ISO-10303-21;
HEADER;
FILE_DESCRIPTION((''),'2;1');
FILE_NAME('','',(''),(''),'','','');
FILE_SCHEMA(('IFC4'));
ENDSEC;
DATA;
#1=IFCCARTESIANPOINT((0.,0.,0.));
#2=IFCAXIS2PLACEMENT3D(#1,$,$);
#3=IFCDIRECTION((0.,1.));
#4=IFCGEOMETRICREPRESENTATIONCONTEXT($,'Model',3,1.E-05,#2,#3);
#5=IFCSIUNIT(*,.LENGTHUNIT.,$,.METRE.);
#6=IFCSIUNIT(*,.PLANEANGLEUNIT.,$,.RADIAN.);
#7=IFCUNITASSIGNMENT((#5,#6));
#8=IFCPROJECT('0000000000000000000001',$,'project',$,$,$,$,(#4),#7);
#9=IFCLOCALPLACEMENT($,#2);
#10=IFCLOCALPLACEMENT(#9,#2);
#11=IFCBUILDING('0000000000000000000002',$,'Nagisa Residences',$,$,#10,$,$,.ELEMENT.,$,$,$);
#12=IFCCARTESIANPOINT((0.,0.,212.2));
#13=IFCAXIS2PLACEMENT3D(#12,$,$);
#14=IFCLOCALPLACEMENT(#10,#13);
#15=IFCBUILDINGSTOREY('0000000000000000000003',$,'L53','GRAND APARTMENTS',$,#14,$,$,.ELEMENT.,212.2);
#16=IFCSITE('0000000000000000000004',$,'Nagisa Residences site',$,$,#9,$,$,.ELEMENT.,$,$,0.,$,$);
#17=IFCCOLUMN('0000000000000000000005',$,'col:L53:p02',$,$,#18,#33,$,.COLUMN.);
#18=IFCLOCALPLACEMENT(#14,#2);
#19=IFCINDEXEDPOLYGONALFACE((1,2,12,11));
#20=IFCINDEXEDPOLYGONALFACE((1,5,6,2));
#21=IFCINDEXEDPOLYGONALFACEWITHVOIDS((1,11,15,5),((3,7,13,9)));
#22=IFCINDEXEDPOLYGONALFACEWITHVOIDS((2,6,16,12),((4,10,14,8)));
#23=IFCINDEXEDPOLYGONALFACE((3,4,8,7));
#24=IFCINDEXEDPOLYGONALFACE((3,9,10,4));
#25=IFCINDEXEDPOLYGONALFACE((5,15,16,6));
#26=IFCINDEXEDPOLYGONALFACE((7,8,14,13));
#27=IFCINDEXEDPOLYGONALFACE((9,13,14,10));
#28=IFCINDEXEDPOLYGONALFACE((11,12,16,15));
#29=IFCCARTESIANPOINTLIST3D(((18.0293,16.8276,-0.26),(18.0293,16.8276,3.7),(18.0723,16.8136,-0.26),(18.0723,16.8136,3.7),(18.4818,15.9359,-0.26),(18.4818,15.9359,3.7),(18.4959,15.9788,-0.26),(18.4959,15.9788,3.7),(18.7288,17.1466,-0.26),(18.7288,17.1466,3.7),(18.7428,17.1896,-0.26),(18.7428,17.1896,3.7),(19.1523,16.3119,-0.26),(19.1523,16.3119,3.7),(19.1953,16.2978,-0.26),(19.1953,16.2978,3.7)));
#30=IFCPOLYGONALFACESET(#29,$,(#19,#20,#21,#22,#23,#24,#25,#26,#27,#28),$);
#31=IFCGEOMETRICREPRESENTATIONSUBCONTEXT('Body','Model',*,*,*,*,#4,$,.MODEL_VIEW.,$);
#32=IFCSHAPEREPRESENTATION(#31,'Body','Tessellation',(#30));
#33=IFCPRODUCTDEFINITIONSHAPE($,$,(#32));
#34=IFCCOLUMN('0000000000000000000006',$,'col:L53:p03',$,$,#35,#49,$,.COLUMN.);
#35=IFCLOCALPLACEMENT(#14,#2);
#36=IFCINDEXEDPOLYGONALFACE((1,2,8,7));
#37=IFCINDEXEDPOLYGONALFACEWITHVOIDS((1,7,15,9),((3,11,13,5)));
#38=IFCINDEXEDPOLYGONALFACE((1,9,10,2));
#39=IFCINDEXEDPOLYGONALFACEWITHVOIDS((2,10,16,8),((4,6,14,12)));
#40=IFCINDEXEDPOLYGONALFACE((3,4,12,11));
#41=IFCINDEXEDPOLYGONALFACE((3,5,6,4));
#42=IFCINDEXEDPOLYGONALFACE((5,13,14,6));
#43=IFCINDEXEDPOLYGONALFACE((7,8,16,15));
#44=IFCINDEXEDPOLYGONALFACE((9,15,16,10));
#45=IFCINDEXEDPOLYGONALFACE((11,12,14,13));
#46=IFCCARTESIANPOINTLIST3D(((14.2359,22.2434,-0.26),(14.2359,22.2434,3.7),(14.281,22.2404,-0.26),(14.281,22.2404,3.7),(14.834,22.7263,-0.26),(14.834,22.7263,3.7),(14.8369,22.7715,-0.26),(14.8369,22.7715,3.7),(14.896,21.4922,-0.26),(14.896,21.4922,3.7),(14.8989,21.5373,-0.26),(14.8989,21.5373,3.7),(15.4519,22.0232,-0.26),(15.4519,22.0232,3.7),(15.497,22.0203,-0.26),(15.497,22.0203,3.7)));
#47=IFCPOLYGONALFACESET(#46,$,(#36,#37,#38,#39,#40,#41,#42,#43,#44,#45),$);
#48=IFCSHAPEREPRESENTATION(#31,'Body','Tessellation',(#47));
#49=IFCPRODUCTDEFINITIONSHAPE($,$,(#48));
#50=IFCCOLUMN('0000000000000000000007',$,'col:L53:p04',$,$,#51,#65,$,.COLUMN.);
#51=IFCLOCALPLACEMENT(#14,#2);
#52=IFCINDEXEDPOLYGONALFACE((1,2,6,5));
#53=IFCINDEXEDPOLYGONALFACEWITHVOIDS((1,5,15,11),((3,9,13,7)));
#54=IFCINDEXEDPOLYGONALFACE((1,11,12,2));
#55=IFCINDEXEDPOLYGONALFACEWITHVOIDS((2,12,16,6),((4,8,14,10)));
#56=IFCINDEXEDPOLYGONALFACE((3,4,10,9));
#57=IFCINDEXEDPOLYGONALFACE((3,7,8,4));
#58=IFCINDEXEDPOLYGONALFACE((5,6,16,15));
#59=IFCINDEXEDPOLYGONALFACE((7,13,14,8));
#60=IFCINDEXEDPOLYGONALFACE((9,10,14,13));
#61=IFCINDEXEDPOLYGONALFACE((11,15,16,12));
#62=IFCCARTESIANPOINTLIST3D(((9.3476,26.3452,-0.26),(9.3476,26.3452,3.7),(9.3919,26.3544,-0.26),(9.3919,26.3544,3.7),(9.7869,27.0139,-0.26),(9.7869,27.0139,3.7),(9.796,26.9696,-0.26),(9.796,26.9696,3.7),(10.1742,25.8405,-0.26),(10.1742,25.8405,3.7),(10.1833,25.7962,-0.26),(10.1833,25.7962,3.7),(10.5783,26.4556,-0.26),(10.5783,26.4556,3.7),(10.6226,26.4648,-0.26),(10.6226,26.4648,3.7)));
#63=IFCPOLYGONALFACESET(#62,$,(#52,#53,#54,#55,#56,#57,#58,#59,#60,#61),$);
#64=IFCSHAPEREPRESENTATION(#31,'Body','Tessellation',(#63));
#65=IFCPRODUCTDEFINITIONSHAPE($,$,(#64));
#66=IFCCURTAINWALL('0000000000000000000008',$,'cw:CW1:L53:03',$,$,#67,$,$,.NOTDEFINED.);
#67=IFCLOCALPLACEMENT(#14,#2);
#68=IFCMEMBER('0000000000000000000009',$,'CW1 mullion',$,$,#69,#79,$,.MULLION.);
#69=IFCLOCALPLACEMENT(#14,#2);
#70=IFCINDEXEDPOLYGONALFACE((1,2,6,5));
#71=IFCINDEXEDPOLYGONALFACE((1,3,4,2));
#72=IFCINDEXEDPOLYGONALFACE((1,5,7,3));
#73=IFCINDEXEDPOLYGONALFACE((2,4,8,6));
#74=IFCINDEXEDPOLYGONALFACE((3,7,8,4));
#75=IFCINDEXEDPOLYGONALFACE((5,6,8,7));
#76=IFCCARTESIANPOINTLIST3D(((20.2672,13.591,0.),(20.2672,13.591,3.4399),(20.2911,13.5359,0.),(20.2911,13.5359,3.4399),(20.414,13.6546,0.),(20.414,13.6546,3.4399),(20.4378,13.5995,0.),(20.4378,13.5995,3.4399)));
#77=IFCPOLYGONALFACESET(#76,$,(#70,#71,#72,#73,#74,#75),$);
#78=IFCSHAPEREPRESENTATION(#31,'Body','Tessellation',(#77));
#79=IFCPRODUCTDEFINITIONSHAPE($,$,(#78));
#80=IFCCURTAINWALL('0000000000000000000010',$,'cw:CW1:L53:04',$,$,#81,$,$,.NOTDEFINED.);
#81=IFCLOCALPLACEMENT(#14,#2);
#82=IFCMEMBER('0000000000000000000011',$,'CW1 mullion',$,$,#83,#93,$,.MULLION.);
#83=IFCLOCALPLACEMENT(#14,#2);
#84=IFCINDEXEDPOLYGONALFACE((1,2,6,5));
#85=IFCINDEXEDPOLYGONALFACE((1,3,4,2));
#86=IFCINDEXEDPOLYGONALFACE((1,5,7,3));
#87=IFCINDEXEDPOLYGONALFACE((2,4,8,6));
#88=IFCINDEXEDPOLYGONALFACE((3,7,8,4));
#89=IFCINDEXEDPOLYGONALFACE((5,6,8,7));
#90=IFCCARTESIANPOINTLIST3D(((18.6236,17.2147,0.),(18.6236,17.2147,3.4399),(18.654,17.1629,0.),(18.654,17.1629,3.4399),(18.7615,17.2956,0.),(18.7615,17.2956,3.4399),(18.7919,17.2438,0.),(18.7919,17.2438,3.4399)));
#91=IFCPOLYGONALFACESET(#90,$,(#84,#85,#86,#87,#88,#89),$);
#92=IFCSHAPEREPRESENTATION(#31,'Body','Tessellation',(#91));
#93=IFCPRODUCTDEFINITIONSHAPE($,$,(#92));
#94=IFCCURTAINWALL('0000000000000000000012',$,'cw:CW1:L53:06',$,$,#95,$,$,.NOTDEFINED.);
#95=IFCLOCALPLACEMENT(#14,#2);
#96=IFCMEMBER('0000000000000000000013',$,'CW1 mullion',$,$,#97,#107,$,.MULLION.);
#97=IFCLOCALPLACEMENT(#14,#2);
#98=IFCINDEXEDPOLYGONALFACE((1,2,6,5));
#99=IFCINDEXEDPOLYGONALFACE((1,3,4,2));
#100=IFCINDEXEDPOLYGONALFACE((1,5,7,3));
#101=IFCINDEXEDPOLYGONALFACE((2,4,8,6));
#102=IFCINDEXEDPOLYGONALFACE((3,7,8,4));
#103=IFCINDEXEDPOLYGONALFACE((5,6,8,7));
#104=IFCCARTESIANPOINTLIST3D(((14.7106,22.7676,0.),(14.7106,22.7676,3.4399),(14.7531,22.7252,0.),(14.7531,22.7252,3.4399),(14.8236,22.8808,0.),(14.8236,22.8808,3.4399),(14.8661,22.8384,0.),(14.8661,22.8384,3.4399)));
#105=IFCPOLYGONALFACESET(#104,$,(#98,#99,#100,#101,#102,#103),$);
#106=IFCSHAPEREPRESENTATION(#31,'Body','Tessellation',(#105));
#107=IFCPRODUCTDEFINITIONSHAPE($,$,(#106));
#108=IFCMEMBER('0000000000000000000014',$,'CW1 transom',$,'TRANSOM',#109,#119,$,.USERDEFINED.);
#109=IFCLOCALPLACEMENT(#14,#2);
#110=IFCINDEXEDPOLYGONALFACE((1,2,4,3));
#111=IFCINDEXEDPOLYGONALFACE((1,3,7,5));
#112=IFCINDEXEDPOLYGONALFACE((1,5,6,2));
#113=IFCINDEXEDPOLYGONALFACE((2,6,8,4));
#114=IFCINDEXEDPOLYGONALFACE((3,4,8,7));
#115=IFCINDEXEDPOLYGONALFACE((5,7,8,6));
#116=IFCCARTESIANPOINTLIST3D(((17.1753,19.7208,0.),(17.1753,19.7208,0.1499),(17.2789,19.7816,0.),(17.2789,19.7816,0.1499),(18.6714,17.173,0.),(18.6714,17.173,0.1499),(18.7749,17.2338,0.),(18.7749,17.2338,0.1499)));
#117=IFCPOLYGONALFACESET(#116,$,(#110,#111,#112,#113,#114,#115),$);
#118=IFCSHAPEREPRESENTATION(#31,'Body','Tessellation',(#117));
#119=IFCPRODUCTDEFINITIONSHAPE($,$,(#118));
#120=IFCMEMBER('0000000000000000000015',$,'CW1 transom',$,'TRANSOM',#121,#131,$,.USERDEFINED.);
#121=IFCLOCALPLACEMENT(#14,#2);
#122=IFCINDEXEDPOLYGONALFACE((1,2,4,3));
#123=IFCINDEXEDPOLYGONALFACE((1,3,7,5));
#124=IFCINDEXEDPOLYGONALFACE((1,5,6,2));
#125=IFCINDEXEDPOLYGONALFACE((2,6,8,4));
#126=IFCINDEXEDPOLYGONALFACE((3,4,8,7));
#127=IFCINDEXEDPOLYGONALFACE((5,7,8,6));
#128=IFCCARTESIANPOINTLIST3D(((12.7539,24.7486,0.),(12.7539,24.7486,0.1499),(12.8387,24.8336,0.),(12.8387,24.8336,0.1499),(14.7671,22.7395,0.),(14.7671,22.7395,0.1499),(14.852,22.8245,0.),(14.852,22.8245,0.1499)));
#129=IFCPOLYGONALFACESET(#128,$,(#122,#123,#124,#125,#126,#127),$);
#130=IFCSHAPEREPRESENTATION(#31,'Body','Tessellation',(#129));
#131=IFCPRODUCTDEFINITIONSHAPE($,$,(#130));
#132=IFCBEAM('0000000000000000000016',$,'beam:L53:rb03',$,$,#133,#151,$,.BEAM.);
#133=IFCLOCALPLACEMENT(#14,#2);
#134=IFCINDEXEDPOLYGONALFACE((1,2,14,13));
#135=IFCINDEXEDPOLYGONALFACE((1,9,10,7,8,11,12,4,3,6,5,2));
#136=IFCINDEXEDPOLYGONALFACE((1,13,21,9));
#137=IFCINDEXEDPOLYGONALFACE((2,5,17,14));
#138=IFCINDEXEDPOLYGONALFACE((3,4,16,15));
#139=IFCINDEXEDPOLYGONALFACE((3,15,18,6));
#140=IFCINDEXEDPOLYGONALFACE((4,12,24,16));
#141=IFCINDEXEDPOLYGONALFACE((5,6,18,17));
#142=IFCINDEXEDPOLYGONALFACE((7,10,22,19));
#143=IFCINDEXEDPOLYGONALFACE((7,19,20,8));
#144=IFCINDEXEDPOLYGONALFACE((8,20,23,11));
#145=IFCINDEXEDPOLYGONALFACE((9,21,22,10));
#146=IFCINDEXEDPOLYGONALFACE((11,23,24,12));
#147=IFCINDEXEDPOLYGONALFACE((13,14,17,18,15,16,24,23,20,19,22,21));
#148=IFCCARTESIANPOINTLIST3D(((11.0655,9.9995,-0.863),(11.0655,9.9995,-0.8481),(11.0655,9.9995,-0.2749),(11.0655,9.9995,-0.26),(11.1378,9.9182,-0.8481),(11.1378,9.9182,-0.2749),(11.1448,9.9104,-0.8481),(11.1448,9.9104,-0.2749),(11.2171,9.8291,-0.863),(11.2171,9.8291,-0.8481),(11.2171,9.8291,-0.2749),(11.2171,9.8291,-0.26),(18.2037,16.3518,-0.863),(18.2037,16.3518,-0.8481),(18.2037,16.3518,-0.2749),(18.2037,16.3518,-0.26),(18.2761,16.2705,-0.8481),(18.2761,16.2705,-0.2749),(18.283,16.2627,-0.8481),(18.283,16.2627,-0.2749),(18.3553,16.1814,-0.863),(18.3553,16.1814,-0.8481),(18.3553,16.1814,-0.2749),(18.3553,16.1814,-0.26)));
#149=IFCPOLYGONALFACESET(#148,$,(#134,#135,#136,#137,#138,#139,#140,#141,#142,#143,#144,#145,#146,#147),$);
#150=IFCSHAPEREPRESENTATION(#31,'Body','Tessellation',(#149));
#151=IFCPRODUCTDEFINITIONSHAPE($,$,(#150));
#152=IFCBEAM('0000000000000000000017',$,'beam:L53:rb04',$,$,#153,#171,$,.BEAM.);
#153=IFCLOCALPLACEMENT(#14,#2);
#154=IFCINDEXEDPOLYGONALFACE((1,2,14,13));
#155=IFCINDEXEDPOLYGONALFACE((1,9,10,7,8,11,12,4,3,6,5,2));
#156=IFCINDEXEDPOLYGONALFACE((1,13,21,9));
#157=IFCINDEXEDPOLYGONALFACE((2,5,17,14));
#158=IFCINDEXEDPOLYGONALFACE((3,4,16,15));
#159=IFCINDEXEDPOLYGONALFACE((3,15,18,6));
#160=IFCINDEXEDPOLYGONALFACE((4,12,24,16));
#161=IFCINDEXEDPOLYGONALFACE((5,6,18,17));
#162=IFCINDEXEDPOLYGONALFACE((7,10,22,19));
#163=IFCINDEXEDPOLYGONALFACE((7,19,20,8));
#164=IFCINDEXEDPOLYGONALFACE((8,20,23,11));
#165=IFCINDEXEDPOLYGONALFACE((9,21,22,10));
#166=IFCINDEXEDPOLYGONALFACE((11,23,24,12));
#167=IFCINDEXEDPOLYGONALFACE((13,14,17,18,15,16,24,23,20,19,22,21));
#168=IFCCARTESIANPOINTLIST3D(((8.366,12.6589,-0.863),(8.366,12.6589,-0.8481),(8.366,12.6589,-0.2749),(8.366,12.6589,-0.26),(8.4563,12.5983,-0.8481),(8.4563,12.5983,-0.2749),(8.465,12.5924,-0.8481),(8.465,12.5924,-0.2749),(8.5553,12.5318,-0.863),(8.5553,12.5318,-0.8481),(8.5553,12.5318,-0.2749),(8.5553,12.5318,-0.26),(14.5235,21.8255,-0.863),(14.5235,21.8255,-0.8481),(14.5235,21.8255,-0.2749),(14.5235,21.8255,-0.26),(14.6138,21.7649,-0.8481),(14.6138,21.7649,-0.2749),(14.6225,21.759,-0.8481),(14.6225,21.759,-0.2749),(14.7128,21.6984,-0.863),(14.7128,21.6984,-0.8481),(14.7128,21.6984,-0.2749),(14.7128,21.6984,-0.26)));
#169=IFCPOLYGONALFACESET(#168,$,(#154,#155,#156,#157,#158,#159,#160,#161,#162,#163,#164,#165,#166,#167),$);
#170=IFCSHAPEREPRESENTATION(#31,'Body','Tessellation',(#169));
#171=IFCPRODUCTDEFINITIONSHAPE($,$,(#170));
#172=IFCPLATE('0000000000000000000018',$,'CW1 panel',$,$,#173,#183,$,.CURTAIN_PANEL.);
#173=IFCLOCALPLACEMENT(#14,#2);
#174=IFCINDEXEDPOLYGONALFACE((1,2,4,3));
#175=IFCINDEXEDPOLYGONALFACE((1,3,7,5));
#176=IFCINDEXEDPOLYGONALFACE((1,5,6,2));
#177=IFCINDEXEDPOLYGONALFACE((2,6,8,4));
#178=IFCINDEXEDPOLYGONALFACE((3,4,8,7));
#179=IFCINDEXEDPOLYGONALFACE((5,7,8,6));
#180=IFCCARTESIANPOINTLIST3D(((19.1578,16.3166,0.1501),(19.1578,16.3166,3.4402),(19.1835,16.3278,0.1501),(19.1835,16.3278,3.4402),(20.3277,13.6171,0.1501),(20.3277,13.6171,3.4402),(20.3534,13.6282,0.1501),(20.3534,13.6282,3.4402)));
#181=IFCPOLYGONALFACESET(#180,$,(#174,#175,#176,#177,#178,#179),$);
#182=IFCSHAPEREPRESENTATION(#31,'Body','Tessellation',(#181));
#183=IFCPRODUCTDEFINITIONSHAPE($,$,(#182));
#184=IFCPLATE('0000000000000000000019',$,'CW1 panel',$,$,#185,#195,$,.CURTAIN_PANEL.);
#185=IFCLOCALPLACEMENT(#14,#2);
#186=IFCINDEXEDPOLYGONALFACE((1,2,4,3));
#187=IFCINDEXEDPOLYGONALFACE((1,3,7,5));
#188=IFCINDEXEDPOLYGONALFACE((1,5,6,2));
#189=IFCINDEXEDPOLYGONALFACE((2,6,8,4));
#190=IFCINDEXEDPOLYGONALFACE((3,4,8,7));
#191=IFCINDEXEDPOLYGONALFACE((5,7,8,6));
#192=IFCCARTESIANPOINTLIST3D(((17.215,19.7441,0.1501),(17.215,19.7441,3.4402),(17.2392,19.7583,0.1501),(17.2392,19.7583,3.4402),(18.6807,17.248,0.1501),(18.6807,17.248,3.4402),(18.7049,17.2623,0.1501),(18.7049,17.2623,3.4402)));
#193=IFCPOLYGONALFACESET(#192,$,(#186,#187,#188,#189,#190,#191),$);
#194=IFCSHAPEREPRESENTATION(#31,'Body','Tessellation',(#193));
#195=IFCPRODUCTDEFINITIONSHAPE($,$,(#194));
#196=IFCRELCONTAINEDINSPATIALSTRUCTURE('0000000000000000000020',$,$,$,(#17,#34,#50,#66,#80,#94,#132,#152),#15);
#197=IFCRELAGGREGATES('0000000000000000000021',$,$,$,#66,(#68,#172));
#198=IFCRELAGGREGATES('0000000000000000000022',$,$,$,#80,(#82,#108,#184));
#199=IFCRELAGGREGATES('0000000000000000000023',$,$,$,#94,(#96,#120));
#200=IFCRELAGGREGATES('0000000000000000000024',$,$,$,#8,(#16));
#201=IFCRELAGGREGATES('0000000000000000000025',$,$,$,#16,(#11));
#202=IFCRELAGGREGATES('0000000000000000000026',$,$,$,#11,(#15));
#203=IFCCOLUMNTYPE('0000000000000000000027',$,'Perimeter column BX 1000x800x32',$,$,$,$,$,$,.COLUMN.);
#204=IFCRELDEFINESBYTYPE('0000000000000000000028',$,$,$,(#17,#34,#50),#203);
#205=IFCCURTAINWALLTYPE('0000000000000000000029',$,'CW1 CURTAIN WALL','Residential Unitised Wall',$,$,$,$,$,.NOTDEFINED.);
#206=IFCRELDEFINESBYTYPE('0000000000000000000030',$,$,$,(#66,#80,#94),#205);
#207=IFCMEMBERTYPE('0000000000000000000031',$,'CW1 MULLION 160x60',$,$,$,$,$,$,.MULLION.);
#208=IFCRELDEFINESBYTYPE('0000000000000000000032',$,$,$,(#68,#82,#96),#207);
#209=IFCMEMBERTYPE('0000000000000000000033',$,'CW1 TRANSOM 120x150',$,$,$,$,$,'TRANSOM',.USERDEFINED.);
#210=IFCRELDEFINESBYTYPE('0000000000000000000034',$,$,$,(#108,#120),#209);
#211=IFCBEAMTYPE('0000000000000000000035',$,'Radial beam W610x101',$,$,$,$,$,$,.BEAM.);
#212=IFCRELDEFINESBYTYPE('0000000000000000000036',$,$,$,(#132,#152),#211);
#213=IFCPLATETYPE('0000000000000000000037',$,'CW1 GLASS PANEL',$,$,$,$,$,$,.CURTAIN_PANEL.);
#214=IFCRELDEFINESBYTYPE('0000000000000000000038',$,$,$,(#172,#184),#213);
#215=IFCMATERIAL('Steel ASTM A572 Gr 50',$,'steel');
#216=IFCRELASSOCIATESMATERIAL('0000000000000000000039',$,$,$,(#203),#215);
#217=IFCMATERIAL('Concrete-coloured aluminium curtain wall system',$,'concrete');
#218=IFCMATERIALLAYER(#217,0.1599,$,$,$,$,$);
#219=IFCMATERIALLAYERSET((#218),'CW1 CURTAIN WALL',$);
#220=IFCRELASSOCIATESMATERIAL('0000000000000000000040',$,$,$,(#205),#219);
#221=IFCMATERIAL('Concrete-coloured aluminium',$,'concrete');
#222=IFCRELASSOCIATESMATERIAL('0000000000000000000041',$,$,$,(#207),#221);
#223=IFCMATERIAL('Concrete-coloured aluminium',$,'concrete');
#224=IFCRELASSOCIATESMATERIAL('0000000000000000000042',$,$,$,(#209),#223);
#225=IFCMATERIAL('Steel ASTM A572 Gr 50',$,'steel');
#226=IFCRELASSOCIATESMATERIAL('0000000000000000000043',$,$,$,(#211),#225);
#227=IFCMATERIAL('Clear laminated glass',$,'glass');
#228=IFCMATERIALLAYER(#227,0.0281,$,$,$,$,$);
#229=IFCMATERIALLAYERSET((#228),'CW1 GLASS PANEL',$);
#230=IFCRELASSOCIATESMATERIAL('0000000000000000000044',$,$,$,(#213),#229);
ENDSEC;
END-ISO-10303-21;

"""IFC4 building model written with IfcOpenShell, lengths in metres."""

from ifc_helpers import new_model, si_unit, direction, frame, origin, origin_2d, place, context, subcontext, project, spatial, rectangle, hollow_rectangle, i_section, extrude, material, layer, layer_set, material_profile, profile_set, type_object, element, aggregate, save


model = new_model("IFC4")

# Units and contexts
model_context = context("Model", 3, precision=1e-05, world=origin(), true_north=direction((0.0, 1.0)))
body_context = subcontext(model_context, "Body", "Model", "MODEL_VIEW")
ifc_project = project(units=[si_unit("LENGTHUNIT", "METRE"), si_unit("PLANEANGLEUNIT", "RADIAN")], contexts=[model_context])

# Site, building, storey
site_placement = place(None, origin())
site = spatial("IfcSite", under=ifc_project, at=site_placement, Name="Nagisa Residences site", CompositionType="ELEMENT", RefElevation=0.0)
building_placement = place(site_placement, origin())
building = spatial("IfcBuilding", under=site, at=building_placement, Name="Nagisa Residences", CompositionType="ELEMENT")
storey_placement = place(building_placement, frame((0.0, 0.0, 212.2)))
storey = spatial("IfcBuildingStorey", under=building, at=storey_placement, Name="L53", Description="GRAND APARTMENTS", CompositionType="ELEMENT", Elevation=212.2)

# Columns
ifc_material_1 = material(Name="Steel ASTM A572 Gr 50", Category="steel")
ifc_material_profile_1 = material_profile(ifc_material_1, hollow_rectangle(XDim=1.0, YDim=0.8, WallThickness=0.032, at=origin_2d()), Name="BX 1000x800x32")
ifc_profile_set_1 = profile_set([ifc_material_profile_1], Name="Steel ASTM A572 Gr 50")
column_type = type_object("IfcColumnType", Name="Perimeter column BX 1000x800x32", PredefinedType="COLUMN", material=ifc_profile_set_1)
for number, where, z_axis, x_axis, name in (
    (1, (18.6123, 16.5627, -0.26), (0.0, 0.0, 1.0), (-0.452463, 0.891783, 0.0), "col:L53:p02"),
    (2, (14.8665, 22.1318, -0.26), (0.0, 0.0, 1.0), (-0.660115, 0.751165, 0.0), "col:L53:p03"),
    (3, (9.9851, 26.405, -0.26), (0.0, 0.0, 1.0), (-0.835766, 0.549086, 0.0), "col:L53:p04"),
):
    element("IfcColumn", number, at=place(storey_placement, frame(where, z_axis=z_axis, x_axis=x_axis)), inside=storey, type_object=column_type, Name=name, PredefinedType="COLUMN", context=body_context, shape_type="SweptSolid", body=[
        extrude(hollow_rectangle(XDim=1.0, YDim=0.8, WallThickness=0.032, at=origin_2d()), origin(), (0.0, 0.0, 1.0), 3.96),
    ])

# Curtain walls, members
ifc_material_2 = material(Name="Concrete-coloured aluminium curtain wall system", Category="concrete")
ifc_layer_1 = layer(ifc_material_2, 0.1599)
ifc_layer_set_1 = layer_set([ifc_layer_1], Name="CW1 CURTAIN WALL")
curtain_wall_type = type_object("IfcCurtainWallType", Name="CW1 CURTAIN WALL", Description="Residential Unitised Wall", PredefinedType="NOTDEFINED", material=ifc_layer_set_1)
curtain_wall_1_placement = place(storey_placement, origin())
curtain_wall_1 = element("IfcCurtainWall", 4, at=curtain_wall_1_placement, inside=storey, type_object=curtain_wall_type, Name="cw:CW1:L53:03", PredefinedType="NOTDEFINED")
ifc_material_3 = material(Name="Concrete-coloured aluminium", Category="concrete")
ifc_material_profile_2 = material_profile(ifc_material_3, rectangle(XDim=0.1599, YDim=0.0601, at=origin_2d()), Name="CW1 MULLION 160x60")
ifc_profile_set_2 = profile_set([ifc_material_profile_2], Name="Concrete-coloured aluminium")
member_type_1 = type_object("IfcMemberType", Name="CW1 MULLION 160x60", PredefinedType="MULLION", material=ifc_profile_set_2)
member_1_placement = place(storey_placement, frame((20.3525, 13.5952, 0.0), z_axis=(0.0, 0.0, 1.0), x_axis=(-0.917543, -0.397636, 0.0)))
member_1 = element("IfcMember", 5, at=member_1_placement, type_object=member_type_1, Name="CW1 mullion", PredefinedType="MULLION", context=body_context, shape_type="SweptSolid", body=[
    extrude(rectangle(XDim=0.1599, YDim=0.0601, at=origin_2d()), origin(), (0.0, 0.0, 1.0), 3.4399),
])
curtain_wall_2_placement = place(storey_placement, origin())
curtain_wall_2 = element("IfcCurtainWall", 6, at=curtain_wall_2_placement, inside=storey, type_object=curtain_wall_type, Name="cw:CW1:L53:04", PredefinedType="NOTDEFINED")
member_2_placement = place(storey_placement, frame((18.7078, 17.2292, 0.0), z_axis=(0.0, 0.0, 1.0), x_axis=(-0.862329, -0.506349, 0.0)))
member_2 = element("IfcMember", 7, at=member_2_placement, type_object=member_type_1, Name="CW1 mullion", PredefinedType="MULLION", context=body_context, shape_type="SweptSolid", body=[
    extrude(rectangle(XDim=0.1599, YDim=0.0601, at=origin_2d()), origin(), (0.0, 0.0, 1.0), 3.4399),
])
curtain_wall_3_placement = place(storey_placement, origin())
curtain_wall_3 = element("IfcCurtainWall", 8, at=curtain_wall_3_placement, inside=storey, type_object=curtain_wall_type, Name="cw:CW1:L53:06", PredefinedType="NOTDEFINED")
member_3_placement = place(storey_placement, frame((14.7883, 22.803, 0.0), z_axis=(0.0, 0.0, 1.0), x_axis=(-0.706377, -0.707836, 0.0)))
member_3 = element("IfcMember", 9, at=member_3_placement, type_object=member_type_1, Name="CW1 mullion", PredefinedType="MULLION", context=body_context, shape_type="SweptSolid", body=[
    extrude(rectangle(XDim=0.1599, YDim=0.0601, at=origin_2d()), origin(), (0.0, 0.0, 1.0), 3.4399),
])

# Members
ifc_material_4 = material(Name="Concrete-coloured aluminium", Category="concrete")
ifc_material_profile_3 = material_profile(ifc_material_4, rectangle(XDim=0.1201, YDim=0.1499, at=origin_2d()), Name="CW1 TRANSOM 120x150")
ifc_profile_set_3 = profile_set([ifc_material_profile_3], Name="Concrete-coloured aluminium")
member_type_2 = type_object("IfcMemberType", Name="CW1 TRANSOM 120x150", ElementType="TRANSOM", PredefinedType="USERDEFINED", material=ifc_profile_set_3)
member_4_placement = place(storey_placement, frame((18.7231, 17.2034, 0.075), z_axis=(-0.506356, 0.862325, 0.0), x_axis=(-0.862325, -0.506356, 0.0)))
member_4 = element("IfcMember", 10, at=member_4_placement, type_object=member_type_2, Name="CW1 transom", ObjectType="TRANSOM", PredefinedType="USERDEFINED", context=body_context, shape_type="SweptSolid", body=[
    extrude(rectangle(XDim=0.1201, YDim=0.1499, at=origin_2d()), origin(), (0.0, 0.0, 1.0), 2.9546),
])
member_5_placement = place(storey_placement, frame((14.8096, 22.782, 0.075), z_axis=(-0.707836, 0.706377, 0.0), x_axis=(-0.706377, -0.707836, 0.0)))
member_5 = element("IfcMember", 11, at=member_5_placement, type_object=member_type_2, Name="CW1 transom", ObjectType="TRANSOM", PredefinedType="USERDEFINED", context=body_context, shape_type="SweptSolid", body=[
    extrude(rectangle(XDim=0.1201, YDim=0.1499, at=origin_2d()), origin(), (0.0, 0.0, 1.0), 2.8442),
])

# Beams
ifc_material_5 = material(Name="Steel ASTM A572 Gr 50", Category="steel")
ifc_material_profile_4 = material_profile(ifc_material_5, i_section(OverallWidth=0.228, OverallDepth=0.603, WebThickness=0.0105, FlangeThickness=0.0149, at=origin_2d()), Name="W610x101")
ifc_profile_set_4 = profile_set([ifc_material_profile_4], Name="Steel ASTM A572 Gr 50")
beam_type = type_object("IfcBeamType", Name="Radial beam W610x101", PredefinedType="BEAM", material=ifc_profile_set_4)
beam_1_placement = place(storey_placement, frame((18.2795, 16.2666, -0.5615), z_axis=(-0.747033, -0.664787, 0.0), x_axis=(0.664787, -0.747033, 0.0)))
element("IfcBeam", 12, at=beam_1_placement, inside=storey, type_object=beam_type, Name="beam:L53:rb03", PredefinedType="BEAM", context=body_context, shape_type="SweptSolid", body=[
    extrude(i_section(OverallWidth=0.228, OverallDepth=0.603, WebThickness=0.0105, FlangeThickness=0.0149, at=origin_2d()), origin(), (0.0, 0.0, 1.0), 9.5554),
])
beam_2_placement = place(storey_placement, frame((14.6182, 21.762, -0.5615), z_axis=(-0.55761, -0.830103, 0.0), x_axis=(0.830103, -0.55761, 0.0)))
element("IfcBeam", 13, at=beam_2_placement, inside=storey, type_object=beam_type, Name="beam:L53:rb04", PredefinedType="BEAM", context=body_context, shape_type="SweptSolid", body=[
    extrude(i_section(OverallWidth=0.228, OverallDepth=0.603, WebThickness=0.0105, FlangeThickness=0.0149, at=origin_2d()), origin(), (0.0, 0.0, 1.0), 11.0427),
])

# Plates
ifc_material_6 = material(Name="Clear laminated glass", Category="glass")
ifc_layer_2 = layer(ifc_material_6, 0.0281)
ifc_layer_set_2 = layer_set([ifc_layer_2], Name="CW1 GLASS PANEL")
plate_type = type_object("IfcPlateType", Name="CW1 GLASS PANEL", PredefinedType="CURTAIN_PANEL", material=ifc_layer_set_2)
plate_1_placement = place(storey_placement, frame((19.7556, 14.9724, 0.1501), z_axis=(0.0, 0.0, 1.0), x_axis=(-0.397636, 0.917543, 0.0)))
plate_1 = element("IfcPlate", 14, at=plate_1_placement, type_object=plate_type, Name="CW1 panel", PredefinedType="CURTAIN_PANEL", context=body_context, shape_type="SweptSolid", body=[
    extrude(rectangle(XDim=2.9421, YDim=0.0281, at=origin_2d()), origin(), (0.0, 0.0, 1.0), 3.29),
])
aggregate(curtain_wall_1, [member_1, plate_1])
plate_2_placement = place(storey_placement, frame((17.96, 18.5032, 0.1501), z_axis=(0.0, 0.0, 1.0), x_axis=(-0.506349, 0.862329, 0.0)))
plate_2 = element("IfcPlate", 15, at=plate_2_placement, type_object=plate_type, Name="CW1 panel", PredefinedType="CURTAIN_PANEL", context=body_context, shape_type="SweptSolid", body=[
    extrude(rectangle(XDim=2.8945, YDim=0.0281, at=origin_2d()), origin(), (0.0, 0.0, 1.0), 3.29),
])
aggregate(curtain_wall_2, [member_2, member_4, plate_2])
aggregate(curtain_wall_3, [member_3, member_5])

save(model, "model.ifc")
